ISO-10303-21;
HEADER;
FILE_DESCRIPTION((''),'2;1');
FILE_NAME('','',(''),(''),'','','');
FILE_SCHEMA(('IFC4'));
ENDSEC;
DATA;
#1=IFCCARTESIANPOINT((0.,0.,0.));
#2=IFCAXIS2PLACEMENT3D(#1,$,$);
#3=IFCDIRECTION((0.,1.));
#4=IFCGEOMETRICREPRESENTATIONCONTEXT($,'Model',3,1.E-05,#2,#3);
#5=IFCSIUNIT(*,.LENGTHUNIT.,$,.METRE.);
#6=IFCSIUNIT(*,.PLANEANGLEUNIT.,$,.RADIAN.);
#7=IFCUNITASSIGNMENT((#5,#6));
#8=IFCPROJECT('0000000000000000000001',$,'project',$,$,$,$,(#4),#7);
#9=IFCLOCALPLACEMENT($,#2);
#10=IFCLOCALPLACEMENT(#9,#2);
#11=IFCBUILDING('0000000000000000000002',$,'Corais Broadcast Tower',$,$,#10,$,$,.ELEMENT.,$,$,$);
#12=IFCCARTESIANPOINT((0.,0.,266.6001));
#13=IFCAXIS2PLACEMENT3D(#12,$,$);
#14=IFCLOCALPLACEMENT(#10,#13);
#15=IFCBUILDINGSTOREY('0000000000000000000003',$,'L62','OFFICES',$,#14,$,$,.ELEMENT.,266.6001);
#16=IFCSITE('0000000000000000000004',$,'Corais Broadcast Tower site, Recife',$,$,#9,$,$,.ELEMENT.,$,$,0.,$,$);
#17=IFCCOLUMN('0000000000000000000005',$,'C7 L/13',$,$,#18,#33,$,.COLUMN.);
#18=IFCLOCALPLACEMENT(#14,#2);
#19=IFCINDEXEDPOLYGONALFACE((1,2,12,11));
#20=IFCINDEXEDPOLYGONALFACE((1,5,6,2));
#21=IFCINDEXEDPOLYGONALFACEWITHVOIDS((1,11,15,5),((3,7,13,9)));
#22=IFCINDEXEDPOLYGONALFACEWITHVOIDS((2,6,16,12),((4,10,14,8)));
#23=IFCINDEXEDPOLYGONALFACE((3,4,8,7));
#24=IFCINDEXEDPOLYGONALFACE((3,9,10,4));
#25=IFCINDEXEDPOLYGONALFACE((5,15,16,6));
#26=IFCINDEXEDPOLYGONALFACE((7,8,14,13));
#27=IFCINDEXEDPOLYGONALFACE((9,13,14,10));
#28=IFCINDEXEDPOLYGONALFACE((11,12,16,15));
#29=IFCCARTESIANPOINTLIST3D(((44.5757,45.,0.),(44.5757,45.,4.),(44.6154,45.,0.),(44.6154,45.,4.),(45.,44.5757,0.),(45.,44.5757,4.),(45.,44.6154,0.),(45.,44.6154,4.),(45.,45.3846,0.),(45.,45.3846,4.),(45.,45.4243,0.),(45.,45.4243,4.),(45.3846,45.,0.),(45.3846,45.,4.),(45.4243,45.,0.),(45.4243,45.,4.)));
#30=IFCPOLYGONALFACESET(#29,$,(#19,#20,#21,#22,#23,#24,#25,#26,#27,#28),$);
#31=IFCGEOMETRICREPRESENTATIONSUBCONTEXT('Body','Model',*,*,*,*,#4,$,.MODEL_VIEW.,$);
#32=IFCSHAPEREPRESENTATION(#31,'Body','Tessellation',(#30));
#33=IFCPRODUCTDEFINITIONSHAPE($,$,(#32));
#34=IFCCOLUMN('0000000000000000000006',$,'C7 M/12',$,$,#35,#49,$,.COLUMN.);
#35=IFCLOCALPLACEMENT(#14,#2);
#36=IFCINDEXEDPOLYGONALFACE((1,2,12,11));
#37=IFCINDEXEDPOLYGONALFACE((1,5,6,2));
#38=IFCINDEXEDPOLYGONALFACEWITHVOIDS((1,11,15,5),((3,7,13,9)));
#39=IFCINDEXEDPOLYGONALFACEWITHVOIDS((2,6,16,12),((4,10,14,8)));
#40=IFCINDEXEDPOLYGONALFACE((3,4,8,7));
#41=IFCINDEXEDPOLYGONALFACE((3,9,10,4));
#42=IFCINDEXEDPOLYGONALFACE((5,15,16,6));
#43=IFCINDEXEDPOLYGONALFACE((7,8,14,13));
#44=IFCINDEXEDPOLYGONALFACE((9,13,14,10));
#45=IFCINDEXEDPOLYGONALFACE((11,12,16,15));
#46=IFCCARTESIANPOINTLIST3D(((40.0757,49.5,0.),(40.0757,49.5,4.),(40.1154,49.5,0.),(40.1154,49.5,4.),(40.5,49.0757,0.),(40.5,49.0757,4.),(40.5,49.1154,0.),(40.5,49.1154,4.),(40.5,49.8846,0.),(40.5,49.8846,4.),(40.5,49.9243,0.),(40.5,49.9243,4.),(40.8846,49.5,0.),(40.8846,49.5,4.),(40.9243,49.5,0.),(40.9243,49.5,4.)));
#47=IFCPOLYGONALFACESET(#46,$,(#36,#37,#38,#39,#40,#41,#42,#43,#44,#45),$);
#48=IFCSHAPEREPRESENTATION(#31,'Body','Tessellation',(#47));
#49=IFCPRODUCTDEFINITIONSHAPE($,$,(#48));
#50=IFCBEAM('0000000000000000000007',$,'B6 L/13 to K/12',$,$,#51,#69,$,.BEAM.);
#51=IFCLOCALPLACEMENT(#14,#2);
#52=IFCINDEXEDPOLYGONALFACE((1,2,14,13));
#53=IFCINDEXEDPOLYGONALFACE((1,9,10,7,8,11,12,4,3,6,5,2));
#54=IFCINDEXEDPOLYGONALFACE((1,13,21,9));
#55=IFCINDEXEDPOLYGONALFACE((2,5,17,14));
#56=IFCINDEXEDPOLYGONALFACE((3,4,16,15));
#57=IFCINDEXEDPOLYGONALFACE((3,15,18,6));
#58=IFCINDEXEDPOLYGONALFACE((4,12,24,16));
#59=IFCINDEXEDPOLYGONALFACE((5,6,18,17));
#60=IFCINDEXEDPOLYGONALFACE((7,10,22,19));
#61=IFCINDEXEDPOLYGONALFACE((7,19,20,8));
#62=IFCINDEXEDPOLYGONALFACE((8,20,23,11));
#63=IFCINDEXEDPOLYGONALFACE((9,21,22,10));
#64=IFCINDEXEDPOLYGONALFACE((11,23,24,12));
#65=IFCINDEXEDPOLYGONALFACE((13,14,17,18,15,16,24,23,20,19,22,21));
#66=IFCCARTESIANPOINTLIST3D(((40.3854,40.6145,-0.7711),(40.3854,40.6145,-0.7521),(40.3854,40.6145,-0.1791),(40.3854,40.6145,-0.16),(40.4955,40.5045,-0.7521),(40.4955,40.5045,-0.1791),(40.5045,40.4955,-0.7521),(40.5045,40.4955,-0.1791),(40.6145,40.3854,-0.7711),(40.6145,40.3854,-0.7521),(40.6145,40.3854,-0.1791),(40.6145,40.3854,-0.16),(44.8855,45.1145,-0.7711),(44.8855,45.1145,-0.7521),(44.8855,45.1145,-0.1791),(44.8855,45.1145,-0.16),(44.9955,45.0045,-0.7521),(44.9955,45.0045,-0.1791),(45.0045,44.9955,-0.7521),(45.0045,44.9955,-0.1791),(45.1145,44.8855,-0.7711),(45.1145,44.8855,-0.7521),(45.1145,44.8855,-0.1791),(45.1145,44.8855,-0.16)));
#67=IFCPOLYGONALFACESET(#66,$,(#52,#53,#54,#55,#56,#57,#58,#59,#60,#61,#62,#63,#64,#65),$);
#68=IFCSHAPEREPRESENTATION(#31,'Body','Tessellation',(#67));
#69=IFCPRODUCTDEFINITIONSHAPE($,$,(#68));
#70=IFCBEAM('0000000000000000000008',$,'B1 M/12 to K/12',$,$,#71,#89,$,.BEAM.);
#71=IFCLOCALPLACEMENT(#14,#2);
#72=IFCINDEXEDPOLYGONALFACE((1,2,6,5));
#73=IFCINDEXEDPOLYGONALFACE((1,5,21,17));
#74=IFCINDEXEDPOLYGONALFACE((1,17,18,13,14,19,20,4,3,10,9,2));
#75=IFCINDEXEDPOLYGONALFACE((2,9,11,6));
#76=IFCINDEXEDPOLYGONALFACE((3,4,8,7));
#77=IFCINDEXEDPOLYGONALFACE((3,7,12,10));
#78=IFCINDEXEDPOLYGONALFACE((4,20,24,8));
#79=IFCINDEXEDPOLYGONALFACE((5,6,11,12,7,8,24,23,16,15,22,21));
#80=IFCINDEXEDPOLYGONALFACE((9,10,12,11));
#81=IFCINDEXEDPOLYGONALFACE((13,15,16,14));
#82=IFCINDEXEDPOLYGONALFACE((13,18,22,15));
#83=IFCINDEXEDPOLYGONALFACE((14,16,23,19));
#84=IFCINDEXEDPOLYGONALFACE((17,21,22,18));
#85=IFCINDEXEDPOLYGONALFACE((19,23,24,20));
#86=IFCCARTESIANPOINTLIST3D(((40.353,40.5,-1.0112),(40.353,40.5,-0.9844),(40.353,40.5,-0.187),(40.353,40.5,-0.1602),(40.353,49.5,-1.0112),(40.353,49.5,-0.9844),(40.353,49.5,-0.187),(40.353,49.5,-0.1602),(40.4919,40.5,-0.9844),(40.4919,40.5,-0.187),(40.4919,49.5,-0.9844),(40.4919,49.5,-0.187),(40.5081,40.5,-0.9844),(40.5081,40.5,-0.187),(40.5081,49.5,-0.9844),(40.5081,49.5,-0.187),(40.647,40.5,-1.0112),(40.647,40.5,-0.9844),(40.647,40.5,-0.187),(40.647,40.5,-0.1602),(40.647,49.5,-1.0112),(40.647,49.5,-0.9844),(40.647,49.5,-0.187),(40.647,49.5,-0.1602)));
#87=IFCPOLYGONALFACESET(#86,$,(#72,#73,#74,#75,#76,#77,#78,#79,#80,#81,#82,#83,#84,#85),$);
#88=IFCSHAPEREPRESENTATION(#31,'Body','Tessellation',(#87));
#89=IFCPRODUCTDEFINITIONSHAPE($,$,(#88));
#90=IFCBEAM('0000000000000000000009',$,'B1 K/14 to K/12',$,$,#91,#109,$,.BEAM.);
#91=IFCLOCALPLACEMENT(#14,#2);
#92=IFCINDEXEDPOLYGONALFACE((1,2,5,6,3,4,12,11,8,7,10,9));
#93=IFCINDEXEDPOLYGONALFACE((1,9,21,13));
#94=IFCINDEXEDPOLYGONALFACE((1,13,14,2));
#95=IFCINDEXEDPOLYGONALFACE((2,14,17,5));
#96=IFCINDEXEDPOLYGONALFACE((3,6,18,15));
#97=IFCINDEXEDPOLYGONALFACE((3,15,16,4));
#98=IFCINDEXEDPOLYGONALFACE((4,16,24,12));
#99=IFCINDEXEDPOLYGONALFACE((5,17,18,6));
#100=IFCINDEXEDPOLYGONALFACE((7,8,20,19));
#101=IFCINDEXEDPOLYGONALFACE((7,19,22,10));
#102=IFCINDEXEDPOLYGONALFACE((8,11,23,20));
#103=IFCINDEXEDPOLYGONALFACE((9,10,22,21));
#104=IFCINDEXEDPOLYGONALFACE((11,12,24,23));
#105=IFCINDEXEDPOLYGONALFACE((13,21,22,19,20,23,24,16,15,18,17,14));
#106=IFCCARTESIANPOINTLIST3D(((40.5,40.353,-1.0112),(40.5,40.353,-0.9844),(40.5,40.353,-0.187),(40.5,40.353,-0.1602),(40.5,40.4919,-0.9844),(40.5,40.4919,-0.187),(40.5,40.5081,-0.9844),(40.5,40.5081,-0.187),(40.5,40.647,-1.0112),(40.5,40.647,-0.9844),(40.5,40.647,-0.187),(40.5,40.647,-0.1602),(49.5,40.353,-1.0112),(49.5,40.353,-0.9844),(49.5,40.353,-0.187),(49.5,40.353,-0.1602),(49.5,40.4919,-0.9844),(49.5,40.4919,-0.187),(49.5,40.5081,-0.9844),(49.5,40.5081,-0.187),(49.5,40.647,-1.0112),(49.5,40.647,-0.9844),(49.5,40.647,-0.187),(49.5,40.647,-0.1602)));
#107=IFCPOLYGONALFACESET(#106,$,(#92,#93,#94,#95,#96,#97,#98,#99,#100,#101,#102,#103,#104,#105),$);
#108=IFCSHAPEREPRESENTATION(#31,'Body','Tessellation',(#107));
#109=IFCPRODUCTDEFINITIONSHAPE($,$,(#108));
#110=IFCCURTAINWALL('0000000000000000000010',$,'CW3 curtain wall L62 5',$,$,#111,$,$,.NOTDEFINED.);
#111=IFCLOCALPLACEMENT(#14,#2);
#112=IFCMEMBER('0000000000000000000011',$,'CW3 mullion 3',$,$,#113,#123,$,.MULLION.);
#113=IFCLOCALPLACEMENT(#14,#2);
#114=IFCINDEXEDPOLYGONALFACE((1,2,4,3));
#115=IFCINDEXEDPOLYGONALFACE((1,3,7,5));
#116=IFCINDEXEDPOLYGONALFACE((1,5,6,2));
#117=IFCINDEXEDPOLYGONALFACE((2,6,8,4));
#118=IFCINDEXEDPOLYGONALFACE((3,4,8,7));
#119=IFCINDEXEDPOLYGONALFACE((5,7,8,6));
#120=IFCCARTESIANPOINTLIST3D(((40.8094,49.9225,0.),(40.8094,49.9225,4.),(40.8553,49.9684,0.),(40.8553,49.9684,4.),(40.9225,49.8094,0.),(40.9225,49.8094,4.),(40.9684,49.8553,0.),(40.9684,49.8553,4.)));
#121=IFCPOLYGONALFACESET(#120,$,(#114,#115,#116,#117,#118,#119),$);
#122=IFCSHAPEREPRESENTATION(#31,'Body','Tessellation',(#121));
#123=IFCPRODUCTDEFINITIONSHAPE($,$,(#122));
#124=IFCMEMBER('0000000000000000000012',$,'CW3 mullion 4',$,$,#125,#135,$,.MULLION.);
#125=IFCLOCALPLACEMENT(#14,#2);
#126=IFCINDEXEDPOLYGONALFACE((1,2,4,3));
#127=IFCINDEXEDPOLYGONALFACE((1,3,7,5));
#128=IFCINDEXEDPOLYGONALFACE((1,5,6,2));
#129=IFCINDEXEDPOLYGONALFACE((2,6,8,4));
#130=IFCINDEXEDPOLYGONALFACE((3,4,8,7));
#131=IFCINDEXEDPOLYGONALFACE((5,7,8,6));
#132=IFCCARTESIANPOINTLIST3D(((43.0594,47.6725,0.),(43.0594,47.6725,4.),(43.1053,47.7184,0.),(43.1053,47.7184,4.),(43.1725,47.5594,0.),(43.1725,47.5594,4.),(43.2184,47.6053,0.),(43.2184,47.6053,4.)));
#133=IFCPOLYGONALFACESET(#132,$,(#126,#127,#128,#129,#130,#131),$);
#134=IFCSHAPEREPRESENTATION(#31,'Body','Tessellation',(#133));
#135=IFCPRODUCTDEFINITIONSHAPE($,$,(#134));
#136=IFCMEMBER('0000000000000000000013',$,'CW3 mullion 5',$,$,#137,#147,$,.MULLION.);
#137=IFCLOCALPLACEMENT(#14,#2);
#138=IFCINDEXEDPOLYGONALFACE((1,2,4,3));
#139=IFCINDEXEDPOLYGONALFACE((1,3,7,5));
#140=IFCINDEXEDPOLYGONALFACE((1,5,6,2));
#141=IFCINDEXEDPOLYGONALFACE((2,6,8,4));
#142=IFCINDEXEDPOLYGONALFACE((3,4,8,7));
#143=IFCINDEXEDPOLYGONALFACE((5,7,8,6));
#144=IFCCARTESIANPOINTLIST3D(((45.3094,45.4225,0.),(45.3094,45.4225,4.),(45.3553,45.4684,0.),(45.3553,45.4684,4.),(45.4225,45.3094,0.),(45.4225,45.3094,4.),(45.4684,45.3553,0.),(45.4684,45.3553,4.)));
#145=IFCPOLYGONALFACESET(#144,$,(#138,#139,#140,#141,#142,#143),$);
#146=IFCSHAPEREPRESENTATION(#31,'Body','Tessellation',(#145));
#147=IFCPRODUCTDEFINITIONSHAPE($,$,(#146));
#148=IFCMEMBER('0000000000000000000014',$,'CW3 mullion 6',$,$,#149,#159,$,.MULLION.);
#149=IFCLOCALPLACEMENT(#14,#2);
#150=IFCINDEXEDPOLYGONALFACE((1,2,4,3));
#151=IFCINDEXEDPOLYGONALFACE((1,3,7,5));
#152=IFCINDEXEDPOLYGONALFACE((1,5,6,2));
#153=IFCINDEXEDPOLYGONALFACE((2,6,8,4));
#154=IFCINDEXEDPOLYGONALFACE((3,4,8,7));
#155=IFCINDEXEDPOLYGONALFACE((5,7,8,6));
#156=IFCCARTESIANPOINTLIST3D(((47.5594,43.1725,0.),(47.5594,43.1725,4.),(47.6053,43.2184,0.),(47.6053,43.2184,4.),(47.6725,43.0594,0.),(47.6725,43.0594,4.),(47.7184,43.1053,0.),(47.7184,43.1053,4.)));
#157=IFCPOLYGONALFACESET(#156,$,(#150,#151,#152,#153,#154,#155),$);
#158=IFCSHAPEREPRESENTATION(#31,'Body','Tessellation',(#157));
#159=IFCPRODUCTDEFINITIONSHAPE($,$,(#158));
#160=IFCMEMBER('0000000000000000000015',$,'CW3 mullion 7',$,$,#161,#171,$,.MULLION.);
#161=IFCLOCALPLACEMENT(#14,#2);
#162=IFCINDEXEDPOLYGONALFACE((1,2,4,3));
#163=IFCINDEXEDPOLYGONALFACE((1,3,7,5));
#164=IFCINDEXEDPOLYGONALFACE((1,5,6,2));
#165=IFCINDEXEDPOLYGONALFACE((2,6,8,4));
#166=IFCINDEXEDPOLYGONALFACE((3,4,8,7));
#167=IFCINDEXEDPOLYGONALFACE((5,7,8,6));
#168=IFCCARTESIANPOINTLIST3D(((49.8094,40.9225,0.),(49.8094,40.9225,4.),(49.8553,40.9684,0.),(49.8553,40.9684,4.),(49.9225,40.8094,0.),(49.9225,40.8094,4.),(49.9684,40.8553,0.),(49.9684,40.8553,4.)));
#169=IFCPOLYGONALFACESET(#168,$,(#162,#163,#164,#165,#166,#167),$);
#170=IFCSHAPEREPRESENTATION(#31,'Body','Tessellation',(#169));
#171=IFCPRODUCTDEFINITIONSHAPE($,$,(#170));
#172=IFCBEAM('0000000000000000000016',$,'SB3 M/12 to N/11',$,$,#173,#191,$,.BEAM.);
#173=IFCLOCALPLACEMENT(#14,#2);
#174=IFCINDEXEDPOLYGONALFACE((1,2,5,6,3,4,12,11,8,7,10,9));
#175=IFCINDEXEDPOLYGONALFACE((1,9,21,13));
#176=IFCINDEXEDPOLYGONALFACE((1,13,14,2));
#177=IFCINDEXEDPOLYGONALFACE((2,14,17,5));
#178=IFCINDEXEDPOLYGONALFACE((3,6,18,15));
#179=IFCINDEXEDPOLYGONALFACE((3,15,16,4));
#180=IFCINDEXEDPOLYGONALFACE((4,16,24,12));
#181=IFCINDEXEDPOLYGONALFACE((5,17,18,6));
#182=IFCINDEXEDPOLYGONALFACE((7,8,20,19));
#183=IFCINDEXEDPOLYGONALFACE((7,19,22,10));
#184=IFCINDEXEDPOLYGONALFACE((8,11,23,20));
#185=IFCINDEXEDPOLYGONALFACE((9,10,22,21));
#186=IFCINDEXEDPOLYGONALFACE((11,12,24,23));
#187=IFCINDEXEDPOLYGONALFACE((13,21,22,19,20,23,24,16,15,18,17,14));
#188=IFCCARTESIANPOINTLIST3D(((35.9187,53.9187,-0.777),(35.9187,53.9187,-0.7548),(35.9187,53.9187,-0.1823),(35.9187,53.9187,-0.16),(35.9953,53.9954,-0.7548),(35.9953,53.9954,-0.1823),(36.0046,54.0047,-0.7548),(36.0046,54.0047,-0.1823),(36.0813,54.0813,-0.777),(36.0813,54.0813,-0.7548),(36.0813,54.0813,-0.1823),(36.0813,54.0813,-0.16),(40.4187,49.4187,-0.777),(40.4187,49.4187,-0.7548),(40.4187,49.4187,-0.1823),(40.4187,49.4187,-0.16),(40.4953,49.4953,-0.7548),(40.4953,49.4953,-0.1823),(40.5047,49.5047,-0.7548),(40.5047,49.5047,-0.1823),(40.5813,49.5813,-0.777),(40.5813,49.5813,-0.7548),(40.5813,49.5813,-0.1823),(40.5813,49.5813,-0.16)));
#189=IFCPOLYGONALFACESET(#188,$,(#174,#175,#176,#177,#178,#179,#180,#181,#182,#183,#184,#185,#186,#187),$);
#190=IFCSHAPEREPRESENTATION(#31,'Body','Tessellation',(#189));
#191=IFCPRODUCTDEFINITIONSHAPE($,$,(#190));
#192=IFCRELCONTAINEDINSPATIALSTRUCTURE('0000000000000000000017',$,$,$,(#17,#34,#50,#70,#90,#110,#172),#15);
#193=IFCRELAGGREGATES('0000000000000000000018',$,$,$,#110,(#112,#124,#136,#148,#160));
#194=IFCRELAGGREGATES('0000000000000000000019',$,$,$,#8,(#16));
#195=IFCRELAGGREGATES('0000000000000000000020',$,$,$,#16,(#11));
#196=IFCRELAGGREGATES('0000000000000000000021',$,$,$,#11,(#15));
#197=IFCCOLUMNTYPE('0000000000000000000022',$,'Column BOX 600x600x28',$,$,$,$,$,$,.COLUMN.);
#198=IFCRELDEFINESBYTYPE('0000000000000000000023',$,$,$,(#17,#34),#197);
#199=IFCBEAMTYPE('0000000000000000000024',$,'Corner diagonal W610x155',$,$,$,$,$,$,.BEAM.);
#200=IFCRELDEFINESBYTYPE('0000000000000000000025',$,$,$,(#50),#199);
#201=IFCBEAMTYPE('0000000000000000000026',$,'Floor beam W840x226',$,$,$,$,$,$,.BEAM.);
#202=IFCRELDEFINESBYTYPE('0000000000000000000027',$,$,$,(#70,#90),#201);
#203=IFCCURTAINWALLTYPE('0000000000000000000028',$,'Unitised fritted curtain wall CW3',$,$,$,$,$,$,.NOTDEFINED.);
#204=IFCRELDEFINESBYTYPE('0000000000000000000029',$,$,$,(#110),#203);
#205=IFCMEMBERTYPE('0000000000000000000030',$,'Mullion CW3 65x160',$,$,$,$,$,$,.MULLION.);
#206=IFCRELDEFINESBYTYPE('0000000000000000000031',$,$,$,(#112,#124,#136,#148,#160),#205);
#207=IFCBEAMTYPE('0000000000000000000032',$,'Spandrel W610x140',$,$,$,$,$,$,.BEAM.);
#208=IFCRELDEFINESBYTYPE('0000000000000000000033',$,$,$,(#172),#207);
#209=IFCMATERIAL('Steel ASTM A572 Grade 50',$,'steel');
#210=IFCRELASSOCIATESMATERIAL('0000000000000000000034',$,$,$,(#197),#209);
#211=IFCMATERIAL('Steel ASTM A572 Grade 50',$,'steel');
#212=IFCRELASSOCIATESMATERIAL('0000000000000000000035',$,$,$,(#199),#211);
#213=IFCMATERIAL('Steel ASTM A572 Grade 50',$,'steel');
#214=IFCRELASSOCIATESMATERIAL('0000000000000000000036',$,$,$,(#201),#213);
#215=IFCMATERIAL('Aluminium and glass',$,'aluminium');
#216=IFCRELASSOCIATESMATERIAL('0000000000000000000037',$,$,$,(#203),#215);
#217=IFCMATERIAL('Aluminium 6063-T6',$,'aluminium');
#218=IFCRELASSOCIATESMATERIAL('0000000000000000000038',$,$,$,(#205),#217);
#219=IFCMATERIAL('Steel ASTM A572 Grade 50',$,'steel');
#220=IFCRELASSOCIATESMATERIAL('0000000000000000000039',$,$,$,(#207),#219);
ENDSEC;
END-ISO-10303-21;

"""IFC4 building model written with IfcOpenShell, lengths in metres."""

from ifc_helpers import new_model, si_unit, direction, frame, origin, origin_2d, place, context, subcontext, project, spatial, rectangle, hollow_rectangle, i_section, extrude, material, material_profile, profile_set, type_object, element, aggregate, save


model = new_model("IFC4")

# Units and contexts
model_context = context("Model", 3, precision=1e-05, world=origin(), true_north=direction((0.0, 1.0)))
body_context = subcontext(model_context, "Body", "Model", "MODEL_VIEW")
ifc_project = project(units=[si_unit("LENGTHUNIT", "METRE"), si_unit("PLANEANGLEUNIT", "RADIAN")], contexts=[model_context])

# Site, building, storey
site_placement = place(None, origin())
site = spatial("IfcSite", under=ifc_project, at=site_placement, Name="Corais Broadcast Tower site, Recife", CompositionType="ELEMENT", RefElevation=0.0)
building_placement = place(site_placement, origin())
building = spatial("IfcBuilding", under=site, at=building_placement, Name="Corais Broadcast Tower", CompositionType="ELEMENT")
storey_placement = place(building_placement, frame((0.0, 0.0, 266.6001)))
storey = spatial("IfcBuildingStorey", under=building, at=storey_placement, Name="L62", Description="OFFICES", CompositionType="ELEMENT", Elevation=266.6001)

# Columns
ifc_material_1 = material(Name="Steel ASTM A572 Grade 50", Category="steel")
ifc_material_profile_1 = material_profile(ifc_material_1, hollow_rectangle(XDim=0.6001, YDim=0.6001, WallThickness=0.0281, at=origin_2d()), Name="BOX 600x600x28")
ifc_profile_set_1 = profile_set([ifc_material_profile_1], Name="Steel ASTM A572 Grade 50")
column_type = type_object("IfcColumnType", Name="Column BOX 600x600x28", PredefinedType="COLUMN", material=ifc_profile_set_1)
for number, where, z_axis, x_axis, name in (
    (1, (45.0, 45.0, 0.0), (0.0, 0.0, 1.0), (0.707107, 0.707107, 0.0), "C7 L/13"),
    (2, (40.5, 49.5, 0.0), (0.0, 0.0, 1.0), (0.707107, 0.707107, 0.0), "C7 M/12"),
):
    element("IfcColumn", number, at=place(storey_placement, frame(where, z_axis=z_axis, x_axis=x_axis)), inside=storey, type_object=column_type, Name=name, PredefinedType="COLUMN", context=body_context, shape_type="SweptSolid", body=[
        extrude(hollow_rectangle(XDim=0.6001, YDim=0.6001, WallThickness=0.0281, at=origin_2d()), origin(), (0.0, 0.0, 1.0), 4.0),
    ])

# Beams
ifc_material_2 = material(Name="Steel ASTM A572 Grade 50", Category="steel")
ifc_material_profile_2 = material_profile(ifc_material_2, i_section(OverallWidth=0.324, OverallDepth=0.6111, WebThickness=0.0127, FlangeThickness=0.019, at=origin_2d()), Name="W610x155")
ifc_profile_set_2 = profile_set([ifc_material_profile_2], Name="Steel ASTM A572 Grade 50")
beam_type_1 = type_object("IfcBeamType", Name="Corner diagonal W610x155", PredefinedType="BEAM", material=ifc_profile_set_2)
beam_placement = place(storey_placement, frame((45.0, 45.0, -0.4656), z_axis=(-0.707107, -0.707107, 0.0), x_axis=(0.707107, -0.707107, 0.0)))
element("IfcBeam", 3, at=beam_placement, inside=storey, type_object=beam_type_1, Name="B6 L/13 to K/12", PredefinedType="BEAM", context=body_context, shape_type="SweptSolid", body=[
    extrude(i_section(OverallWidth=0.324, OverallDepth=0.6111, WebThickness=0.0127, FlangeThickness=0.019, at=origin_2d()), origin(), (0.0, 0.0, 1.0), 6.364),
])
ifc_material_3 = material(Name="Steel ASTM A572 Grade 50", Category="steel")
ifc_material_profile_3 = material_profile(ifc_material_3, i_section(OverallWidth=0.2939, OverallDepth=0.8511, WebThickness=0.0161, FlangeThickness=0.0269, at=origin_2d()), Name="W840x226")
ifc_profile_set_3 = profile_set([ifc_material_profile_3], Name="Steel ASTM A572 Grade 50")
beam_type_2 = type_object("IfcBeamType", Name="Floor beam W840x226", PredefinedType="BEAM", material=ifc_profile_set_3)
for number, where, z_axis, x_axis, name in (
    (4, (40.5, 49.5, -0.5857), (0.0, -1.0, 0.0), (1.0, 0.0, 0.0), "B1 M/12 to K/12"),
    (5, (49.5, 40.5, -0.5857), (-1.0, 0.0, 0.0), (0.0, -1.0, 0.0), "B1 K/14 to K/12"),
):
    element("IfcBeam", number, at=place(storey_placement, frame(where, z_axis=z_axis, x_axis=x_axis)), inside=storey, type_object=beam_type_2, Name=name, PredefinedType="BEAM", context=body_context, shape_type="SweptSolid", body=[
        extrude(i_section(OverallWidth=0.2939, OverallDepth=0.8511, WebThickness=0.0161, FlangeThickness=0.0269, at=origin_2d()), origin(), (0.0, 0.0, 1.0), 9.0),
    ])

# Curtain wall, members
ifc_material_4 = material(Name="Aluminium and glass", Category="aluminium")
curtain_wall_type = type_object("IfcCurtainWallType", Name="Unitised fritted curtain wall CW3", PredefinedType="NOTDEFINED", material=ifc_material_4)
curtain_wall_placement = place(storey_placement, origin())
curtain_wall = element("IfcCurtainWall", 6, at=curtain_wall_placement, inside=storey, type_object=curtain_wall_type, Name="CW3 curtain wall L62 5", PredefinedType="NOTDEFINED")
ifc_material_5 = material(Name="Aluminium 6063-T6", Category="aluminium")
ifc_material_profile_4 = material_profile(ifc_material_5, rectangle(XDim=0.0649, YDim=0.1599, at=origin_2d()), Name="Mullion CW3 65x160")
ifc_profile_set_4 = profile_set([ifc_material_profile_4], Name="Aluminium 6063-T6")
member_type_1 = type_object("IfcMemberType", Name="Mullion CW3 65x160", PredefinedType="MULLION", material=ifc_profile_set_4)
member_1_placement = place(storey_placement, frame((40.8889, 49.8889, 0.0), z_axis=(0.0, 0.0, 1.0), x_axis=(0.707107, 0.707107, 0.0)))
member_1 = element("IfcMember", 7, at=member_1_placement, type_object=member_type_1, Name="CW3 mullion 3", PredefinedType="MULLION", context=body_context, shape_type="SweptSolid", body=[
    extrude(rectangle(XDim=0.0649, YDim=0.1599, at=origin_2d()), origin(), (0.0, 0.0, 1.0), 4.0),
])
member_2_placement = place(storey_placement, frame((43.1389, 47.6389, 0.0), z_axis=(0.0, 0.0, 1.0), x_axis=(0.707107, 0.707107, 0.0)))
member_2 = element("IfcMember", 8, at=member_2_placement, type_object=member_type_1, Name="CW3 mullion 4", PredefinedType="MULLION", context=body_context, shape_type="SweptSolid", body=[
    extrude(rectangle(XDim=0.0649, YDim=0.1599, at=origin_2d()), origin(), (0.0, 0.0, 1.0), 4.0),
])
member_3_placement = place(storey_placement, frame((45.3889, 45.3889, 0.0), z_axis=(0.0, 0.0, 1.0), x_axis=(0.707107, 0.707107, 0.0)))
member_3 = element("IfcMember", 9, at=member_3_placement, type_object=member_type_1, Name="CW3 mullion 5", PredefinedType="MULLION", context=body_context, shape_type="SweptSolid", body=[
    extrude(rectangle(XDim=0.0649, YDim=0.1599, at=origin_2d()), origin(), (0.0, 0.0, 1.0), 4.0),
])
member_4_placement = place(storey_placement, frame((47.6389, 43.1389, 0.0), z_axis=(0.0, 0.0, 1.0), x_axis=(0.707107, 0.707107, 0.0)))
member_4 = element("IfcMember", 10, at=member_4_placement, type_object=member_type_1, Name="CW3 mullion 6", PredefinedType="MULLION", context=body_context, shape_type="SweptSolid", body=[
    extrude(rectangle(XDim=0.0649, YDim=0.1599, at=origin_2d()), origin(), (0.0, 0.0, 1.0), 4.0),
])
member_5_placement = place(storey_placement, frame((49.8889, 40.8889, 0.0), z_axis=(0.0, 0.0, 1.0), x_axis=(0.707107, 0.707107, 0.0)))
member_5 = element("IfcMember", 11, at=member_5_placement, type_object=member_type_1, Name="CW3 mullion 7", PredefinedType="MULLION", context=body_context, shape_type="SweptSolid", body=[
    extrude(rectangle(XDim=0.0649, YDim=0.1599, at=origin_2d()), origin(), (0.0, 0.0, 1.0), 4.0),
])

# Beam
ifc_material_6 = material(Name="Steel ASTM A572 Grade 50", Category="steel")
ifc_material_profile_5 = material_profile(ifc_material_6, i_section(OverallWidth=0.23, OverallDepth=0.6169, WebThickness=0.0132, FlangeThickness=0.0222, at=origin_2d()), Name="W610x140")
ifc_profile_set_5 = profile_set([ifc_material_profile_5], Name="Steel ASTM A572 Grade 50")
beam_type_3 = type_object("IfcBeamType", Name="Spandrel W610x140", PredefinedType="BEAM", material=ifc_profile_set_5)
for number, where, z_axis, x_axis, name in (
    (12, (40.5, 49.5, -0.4685), (-0.707107, 0.707107, 0.0), (-0.707107, -0.707107, 0.0), "SB3 M/12 to N/11"),
):
    element("IfcBeam", number, at=place(storey_placement, frame(where, z_axis=z_axis, x_axis=x_axis)), inside=storey, type_object=beam_type_3, Name=name, PredefinedType="BEAM", context=body_context, shape_type="SweptSolid", body=[
        extrude(i_section(OverallWidth=0.23, OverallDepth=0.6169, WebThickness=0.0132, FlangeThickness=0.0222, at=origin_2d()), origin(), (0.0, 0.0, 1.0), 6.364),
    ])

aggregate(curtain_wall, [member_1, member_2, member_3, member_4, member_5])

save(model, "model.ifc")
